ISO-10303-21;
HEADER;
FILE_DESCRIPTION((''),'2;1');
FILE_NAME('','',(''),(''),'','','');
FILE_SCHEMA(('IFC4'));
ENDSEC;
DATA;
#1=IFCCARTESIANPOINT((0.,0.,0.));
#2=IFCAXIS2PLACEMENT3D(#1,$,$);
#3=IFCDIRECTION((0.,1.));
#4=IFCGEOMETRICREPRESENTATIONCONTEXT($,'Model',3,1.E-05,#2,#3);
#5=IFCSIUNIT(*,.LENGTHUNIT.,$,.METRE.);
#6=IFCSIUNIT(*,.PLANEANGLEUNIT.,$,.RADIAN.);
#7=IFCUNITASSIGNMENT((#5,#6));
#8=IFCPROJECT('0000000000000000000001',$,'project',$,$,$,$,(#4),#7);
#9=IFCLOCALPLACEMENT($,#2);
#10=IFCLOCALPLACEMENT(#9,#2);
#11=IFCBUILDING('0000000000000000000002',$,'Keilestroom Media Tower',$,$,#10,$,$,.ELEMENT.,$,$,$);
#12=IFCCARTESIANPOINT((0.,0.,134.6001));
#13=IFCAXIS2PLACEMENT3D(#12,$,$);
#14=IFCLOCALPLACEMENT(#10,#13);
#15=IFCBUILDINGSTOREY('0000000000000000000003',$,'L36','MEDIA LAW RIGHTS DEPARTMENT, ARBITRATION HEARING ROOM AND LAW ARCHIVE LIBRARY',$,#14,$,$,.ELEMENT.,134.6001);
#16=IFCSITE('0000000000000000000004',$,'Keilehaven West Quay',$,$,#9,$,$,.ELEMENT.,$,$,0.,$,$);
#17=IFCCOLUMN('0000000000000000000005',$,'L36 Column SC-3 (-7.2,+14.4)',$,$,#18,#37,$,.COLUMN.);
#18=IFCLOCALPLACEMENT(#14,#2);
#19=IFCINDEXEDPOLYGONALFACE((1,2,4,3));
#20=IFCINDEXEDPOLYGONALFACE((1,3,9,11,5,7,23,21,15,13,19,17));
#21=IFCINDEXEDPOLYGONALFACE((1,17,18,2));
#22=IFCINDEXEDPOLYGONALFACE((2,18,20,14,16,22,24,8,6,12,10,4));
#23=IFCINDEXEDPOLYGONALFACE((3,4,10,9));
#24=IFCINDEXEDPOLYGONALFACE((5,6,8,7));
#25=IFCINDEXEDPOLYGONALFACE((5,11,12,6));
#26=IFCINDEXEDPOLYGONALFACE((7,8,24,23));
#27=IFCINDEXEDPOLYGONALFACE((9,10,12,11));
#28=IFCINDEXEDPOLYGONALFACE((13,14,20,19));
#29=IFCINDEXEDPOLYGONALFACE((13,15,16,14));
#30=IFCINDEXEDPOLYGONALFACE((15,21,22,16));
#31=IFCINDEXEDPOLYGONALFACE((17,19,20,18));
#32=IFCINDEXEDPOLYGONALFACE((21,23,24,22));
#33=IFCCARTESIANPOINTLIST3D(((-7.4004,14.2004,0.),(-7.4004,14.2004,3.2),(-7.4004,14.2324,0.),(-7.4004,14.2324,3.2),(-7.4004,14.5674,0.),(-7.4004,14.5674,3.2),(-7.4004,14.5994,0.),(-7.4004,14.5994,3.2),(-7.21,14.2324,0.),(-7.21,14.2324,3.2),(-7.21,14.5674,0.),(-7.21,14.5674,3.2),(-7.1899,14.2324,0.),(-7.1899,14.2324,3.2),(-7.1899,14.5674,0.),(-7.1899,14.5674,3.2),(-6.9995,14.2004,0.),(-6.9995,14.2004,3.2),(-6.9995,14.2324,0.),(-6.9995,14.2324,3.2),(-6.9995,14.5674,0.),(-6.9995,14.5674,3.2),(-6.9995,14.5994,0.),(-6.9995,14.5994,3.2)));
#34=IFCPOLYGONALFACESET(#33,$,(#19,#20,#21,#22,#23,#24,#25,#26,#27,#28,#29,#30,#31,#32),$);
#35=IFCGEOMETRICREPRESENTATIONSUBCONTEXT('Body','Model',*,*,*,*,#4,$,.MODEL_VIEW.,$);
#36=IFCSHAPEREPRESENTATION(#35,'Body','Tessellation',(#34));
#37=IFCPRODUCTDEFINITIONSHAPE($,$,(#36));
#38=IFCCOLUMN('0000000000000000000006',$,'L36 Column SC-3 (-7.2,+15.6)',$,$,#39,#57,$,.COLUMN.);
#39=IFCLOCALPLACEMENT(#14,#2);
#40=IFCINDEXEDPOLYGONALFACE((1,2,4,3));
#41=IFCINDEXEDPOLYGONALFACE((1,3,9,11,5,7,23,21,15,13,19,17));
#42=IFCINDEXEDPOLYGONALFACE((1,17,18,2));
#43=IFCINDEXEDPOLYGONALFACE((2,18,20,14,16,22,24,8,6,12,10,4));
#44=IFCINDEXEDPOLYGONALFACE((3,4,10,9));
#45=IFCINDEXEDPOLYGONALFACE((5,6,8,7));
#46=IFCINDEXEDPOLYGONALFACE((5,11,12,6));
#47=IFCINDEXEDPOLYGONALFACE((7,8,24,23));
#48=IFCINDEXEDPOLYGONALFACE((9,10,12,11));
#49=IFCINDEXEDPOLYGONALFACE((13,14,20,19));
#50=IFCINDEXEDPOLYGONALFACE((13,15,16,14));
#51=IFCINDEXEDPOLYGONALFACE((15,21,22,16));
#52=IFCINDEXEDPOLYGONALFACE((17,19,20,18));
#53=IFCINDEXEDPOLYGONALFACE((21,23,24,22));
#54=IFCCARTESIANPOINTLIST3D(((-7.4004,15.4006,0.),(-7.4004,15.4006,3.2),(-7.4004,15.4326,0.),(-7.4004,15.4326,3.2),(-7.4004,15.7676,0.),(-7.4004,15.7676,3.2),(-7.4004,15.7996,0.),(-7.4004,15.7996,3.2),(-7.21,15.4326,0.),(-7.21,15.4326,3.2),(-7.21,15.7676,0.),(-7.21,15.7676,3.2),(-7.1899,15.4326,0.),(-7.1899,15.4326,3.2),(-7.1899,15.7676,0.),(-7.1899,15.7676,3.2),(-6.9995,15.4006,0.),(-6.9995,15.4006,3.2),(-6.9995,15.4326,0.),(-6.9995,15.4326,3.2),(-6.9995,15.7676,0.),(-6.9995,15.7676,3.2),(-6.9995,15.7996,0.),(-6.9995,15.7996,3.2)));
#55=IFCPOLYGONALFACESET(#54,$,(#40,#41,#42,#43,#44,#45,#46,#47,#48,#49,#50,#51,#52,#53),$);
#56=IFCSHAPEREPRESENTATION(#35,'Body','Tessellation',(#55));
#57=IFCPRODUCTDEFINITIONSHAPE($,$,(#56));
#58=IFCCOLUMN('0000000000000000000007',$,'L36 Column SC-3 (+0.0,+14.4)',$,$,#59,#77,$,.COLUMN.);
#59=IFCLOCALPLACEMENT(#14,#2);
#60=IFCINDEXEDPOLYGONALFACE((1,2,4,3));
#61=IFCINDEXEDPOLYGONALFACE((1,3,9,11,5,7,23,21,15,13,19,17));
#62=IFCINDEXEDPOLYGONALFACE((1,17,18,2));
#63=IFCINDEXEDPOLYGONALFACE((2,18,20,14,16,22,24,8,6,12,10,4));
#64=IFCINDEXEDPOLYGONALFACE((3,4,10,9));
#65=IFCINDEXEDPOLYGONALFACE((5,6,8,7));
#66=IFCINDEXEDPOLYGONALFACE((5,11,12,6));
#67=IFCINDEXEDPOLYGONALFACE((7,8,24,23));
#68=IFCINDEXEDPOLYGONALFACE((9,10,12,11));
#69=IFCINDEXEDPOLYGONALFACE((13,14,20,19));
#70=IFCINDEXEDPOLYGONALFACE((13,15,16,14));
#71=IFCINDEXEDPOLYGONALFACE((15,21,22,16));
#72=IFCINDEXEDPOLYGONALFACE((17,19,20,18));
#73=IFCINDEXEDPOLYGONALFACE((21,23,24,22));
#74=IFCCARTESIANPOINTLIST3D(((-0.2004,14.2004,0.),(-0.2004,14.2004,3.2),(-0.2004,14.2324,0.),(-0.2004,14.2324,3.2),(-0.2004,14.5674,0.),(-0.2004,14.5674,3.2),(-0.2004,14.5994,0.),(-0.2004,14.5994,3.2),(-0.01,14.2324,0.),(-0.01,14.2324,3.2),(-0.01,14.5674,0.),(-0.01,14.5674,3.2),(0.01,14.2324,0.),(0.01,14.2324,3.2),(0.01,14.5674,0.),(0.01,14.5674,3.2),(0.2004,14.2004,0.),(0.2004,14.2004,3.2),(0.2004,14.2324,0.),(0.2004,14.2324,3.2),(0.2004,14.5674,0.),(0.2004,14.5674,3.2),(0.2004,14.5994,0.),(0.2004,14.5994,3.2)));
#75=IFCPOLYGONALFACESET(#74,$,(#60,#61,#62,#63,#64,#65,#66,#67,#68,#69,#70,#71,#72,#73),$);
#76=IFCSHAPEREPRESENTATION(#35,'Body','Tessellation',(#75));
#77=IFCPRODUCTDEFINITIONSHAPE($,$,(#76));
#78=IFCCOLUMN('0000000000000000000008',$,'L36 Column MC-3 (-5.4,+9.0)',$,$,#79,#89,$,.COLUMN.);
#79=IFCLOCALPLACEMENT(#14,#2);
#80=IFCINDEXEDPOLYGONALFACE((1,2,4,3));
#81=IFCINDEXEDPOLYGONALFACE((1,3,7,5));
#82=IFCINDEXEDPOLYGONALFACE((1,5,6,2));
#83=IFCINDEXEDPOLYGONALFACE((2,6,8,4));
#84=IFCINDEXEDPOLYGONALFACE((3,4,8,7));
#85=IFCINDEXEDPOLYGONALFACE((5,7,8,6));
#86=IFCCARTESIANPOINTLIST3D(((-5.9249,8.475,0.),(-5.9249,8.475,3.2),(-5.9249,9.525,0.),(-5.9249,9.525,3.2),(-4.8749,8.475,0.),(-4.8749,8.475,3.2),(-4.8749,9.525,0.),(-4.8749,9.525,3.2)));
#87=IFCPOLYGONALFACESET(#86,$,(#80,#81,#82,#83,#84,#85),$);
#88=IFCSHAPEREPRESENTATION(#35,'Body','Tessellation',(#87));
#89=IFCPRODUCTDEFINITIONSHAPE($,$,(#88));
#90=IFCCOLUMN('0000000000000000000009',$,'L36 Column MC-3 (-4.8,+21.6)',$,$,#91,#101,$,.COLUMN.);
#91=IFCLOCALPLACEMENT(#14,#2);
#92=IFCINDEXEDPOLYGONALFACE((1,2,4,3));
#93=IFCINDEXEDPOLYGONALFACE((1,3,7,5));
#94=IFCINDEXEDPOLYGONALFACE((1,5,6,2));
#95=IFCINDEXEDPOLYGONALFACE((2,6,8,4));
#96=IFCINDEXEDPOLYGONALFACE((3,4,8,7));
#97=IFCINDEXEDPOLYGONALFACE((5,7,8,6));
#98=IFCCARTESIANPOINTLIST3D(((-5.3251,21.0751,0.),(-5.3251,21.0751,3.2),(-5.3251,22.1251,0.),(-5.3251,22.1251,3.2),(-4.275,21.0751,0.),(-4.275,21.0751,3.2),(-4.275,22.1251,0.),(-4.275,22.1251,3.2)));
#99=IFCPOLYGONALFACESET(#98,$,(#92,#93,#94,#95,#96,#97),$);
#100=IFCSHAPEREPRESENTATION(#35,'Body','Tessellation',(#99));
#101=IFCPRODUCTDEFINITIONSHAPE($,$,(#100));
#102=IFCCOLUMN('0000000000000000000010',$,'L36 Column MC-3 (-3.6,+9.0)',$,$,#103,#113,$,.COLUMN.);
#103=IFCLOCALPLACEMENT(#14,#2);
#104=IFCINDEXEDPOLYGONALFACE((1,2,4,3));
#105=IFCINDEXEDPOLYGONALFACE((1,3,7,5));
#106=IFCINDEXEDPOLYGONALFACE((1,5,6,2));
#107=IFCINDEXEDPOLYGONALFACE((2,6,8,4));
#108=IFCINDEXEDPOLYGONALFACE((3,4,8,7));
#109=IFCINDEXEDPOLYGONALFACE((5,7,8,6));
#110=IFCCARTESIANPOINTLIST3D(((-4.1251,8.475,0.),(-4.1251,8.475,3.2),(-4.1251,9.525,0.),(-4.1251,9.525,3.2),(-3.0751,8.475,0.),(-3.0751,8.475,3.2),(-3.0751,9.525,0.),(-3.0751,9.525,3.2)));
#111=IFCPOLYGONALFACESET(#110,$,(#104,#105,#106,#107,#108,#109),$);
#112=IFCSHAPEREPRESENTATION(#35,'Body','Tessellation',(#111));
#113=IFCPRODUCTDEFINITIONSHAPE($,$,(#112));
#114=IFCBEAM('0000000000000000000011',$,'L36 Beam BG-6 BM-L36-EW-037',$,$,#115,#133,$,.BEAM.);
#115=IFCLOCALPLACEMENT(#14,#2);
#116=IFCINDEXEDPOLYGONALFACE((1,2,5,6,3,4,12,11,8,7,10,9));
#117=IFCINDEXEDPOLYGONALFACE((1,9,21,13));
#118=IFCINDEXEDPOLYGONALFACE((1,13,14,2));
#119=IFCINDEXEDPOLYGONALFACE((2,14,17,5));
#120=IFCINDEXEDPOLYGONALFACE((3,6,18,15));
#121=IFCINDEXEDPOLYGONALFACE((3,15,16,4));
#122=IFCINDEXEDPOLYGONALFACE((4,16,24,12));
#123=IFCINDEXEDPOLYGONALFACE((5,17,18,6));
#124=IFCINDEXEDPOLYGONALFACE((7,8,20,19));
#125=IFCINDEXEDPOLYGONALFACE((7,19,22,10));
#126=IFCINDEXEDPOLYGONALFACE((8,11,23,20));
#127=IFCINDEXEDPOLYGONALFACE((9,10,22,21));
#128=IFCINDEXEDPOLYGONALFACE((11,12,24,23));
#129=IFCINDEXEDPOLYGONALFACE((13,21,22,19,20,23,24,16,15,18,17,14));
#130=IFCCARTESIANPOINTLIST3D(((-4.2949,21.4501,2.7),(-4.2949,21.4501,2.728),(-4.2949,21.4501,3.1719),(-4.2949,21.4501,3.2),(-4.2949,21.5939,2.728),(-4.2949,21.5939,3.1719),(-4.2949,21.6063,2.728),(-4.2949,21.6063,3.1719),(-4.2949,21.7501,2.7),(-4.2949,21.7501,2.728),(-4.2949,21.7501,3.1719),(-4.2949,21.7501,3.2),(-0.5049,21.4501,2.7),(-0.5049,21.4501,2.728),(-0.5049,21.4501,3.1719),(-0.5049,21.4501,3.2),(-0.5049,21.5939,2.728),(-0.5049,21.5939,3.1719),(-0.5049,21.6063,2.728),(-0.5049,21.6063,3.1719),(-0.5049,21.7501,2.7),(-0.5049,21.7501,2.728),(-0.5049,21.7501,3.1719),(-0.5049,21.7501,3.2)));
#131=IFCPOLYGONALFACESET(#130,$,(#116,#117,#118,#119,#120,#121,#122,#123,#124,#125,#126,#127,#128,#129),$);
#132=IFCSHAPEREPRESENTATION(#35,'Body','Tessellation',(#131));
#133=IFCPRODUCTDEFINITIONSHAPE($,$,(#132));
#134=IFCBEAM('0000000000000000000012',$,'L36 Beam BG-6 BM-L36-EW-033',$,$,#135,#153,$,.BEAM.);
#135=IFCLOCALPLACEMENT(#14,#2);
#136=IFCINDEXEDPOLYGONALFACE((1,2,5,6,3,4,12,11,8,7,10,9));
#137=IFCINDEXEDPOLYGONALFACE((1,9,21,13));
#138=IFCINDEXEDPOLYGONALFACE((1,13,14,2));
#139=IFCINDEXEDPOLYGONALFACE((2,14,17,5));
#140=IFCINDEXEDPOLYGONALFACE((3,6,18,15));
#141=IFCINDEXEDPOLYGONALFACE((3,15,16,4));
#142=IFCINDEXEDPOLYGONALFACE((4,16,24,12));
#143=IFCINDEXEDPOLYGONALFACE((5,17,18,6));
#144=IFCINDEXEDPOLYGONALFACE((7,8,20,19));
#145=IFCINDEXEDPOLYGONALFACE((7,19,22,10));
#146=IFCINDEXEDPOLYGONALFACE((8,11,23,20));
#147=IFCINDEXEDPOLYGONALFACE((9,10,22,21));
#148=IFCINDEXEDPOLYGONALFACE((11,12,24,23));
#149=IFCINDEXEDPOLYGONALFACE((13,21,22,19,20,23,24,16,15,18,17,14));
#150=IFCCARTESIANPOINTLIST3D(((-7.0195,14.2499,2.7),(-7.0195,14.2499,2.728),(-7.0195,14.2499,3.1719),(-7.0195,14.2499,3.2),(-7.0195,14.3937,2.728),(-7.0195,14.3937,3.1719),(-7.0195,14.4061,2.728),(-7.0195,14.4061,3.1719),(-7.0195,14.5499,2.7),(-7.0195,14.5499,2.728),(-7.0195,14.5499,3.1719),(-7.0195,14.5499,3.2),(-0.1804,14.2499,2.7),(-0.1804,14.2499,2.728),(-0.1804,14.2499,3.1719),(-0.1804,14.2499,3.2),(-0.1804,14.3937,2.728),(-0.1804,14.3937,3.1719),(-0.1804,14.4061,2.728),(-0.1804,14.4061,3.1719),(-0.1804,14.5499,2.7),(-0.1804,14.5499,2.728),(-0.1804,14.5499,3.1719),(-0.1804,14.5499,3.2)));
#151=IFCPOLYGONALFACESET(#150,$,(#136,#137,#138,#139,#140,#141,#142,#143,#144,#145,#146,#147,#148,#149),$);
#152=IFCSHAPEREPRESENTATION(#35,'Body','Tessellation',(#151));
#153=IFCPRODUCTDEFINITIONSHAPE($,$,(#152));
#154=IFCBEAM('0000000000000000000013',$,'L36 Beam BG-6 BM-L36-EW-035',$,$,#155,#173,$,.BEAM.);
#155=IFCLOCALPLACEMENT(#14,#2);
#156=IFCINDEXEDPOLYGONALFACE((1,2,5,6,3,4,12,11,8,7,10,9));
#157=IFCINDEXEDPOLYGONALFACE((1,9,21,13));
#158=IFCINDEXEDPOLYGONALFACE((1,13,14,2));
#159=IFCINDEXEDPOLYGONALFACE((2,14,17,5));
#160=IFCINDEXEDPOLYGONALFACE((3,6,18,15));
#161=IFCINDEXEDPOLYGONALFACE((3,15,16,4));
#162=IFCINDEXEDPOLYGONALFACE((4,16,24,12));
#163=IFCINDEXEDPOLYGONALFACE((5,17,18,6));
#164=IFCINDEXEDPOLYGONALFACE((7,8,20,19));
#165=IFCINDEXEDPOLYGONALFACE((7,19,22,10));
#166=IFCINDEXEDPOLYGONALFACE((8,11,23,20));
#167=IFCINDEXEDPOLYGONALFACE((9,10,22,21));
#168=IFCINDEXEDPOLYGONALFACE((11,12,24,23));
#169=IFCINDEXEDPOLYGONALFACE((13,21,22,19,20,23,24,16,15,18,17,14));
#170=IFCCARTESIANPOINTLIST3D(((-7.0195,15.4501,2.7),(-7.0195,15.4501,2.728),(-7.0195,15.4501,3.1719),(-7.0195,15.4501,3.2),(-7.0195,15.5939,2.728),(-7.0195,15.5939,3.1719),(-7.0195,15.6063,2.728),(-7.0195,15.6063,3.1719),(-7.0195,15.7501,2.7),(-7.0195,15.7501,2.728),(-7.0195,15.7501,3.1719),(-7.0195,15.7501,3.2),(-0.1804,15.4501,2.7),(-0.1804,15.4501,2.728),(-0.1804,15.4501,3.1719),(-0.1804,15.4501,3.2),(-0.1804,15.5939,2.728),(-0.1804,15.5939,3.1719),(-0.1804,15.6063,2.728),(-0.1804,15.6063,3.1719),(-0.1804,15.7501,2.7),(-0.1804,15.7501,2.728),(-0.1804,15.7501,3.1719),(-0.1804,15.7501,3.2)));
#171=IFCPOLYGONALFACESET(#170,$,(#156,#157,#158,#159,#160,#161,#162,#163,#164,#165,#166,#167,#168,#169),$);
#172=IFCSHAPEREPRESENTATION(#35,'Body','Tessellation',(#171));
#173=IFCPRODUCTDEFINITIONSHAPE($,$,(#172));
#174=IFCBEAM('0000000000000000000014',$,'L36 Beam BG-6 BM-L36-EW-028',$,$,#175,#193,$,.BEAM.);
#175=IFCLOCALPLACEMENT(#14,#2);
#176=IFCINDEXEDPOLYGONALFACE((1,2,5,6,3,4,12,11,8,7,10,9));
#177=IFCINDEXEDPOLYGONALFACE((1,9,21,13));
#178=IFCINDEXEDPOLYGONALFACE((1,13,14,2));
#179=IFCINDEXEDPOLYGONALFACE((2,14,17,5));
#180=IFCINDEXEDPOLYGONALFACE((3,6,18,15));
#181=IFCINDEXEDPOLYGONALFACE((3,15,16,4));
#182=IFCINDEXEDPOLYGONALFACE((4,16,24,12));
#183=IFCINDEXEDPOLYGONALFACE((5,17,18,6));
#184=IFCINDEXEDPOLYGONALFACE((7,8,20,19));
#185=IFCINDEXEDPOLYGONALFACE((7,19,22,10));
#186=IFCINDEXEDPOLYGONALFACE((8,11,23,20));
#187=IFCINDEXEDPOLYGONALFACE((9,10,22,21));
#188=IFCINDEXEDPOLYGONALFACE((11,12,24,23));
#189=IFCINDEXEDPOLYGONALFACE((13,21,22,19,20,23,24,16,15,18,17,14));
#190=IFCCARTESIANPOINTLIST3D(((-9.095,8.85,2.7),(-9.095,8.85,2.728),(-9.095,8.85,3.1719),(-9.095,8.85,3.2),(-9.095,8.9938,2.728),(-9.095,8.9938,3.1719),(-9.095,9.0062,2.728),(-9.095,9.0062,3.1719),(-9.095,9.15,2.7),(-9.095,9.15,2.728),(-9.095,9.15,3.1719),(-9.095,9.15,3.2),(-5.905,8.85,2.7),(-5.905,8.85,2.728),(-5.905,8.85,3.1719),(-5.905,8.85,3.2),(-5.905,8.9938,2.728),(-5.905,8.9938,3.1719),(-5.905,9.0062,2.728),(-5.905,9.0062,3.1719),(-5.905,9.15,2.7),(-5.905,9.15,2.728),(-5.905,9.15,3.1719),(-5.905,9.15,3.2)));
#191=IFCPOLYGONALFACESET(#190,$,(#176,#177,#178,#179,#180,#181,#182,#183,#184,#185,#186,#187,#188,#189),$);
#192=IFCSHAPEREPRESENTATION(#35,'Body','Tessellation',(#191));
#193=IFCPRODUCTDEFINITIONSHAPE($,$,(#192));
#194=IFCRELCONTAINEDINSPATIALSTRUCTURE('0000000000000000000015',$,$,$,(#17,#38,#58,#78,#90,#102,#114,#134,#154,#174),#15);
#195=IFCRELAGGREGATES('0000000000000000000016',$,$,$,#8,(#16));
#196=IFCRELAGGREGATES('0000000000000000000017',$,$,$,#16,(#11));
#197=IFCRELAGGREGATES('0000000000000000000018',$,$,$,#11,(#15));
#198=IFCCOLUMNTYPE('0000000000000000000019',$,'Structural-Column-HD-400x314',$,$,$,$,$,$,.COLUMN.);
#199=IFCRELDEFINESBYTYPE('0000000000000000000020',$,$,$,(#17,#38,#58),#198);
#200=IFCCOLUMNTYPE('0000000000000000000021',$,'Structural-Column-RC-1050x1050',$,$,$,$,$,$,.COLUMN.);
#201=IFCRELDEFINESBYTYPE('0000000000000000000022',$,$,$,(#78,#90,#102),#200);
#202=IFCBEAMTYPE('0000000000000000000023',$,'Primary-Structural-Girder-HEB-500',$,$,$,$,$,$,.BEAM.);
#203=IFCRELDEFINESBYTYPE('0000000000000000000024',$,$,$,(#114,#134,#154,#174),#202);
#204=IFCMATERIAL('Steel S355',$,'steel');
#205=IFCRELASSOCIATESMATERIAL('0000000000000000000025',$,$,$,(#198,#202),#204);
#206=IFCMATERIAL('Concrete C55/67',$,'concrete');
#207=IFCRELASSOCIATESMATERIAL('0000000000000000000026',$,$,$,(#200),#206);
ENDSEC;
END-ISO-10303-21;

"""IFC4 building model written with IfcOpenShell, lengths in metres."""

from ifc_helpers import new_model, si_unit, direction, frame, origin, origin_2d, place, context, subcontext, project, spatial, rectangle, i_section, extrude, source, transform, mapped, material, material_profile, profile_set, type_object, element, save


model = new_model("IFC4")

# Units and contexts
model_context = context("Model", 3, precision=1e-05, world=origin(), true_north=direction((0.0, 1.0)))
body_context = subcontext(model_context, "Body", "Model", "MODEL_VIEW")
ifc_project = project(units=[si_unit("LENGTHUNIT", "METRE"), si_unit("PLANEANGLEUNIT", "RADIAN")], contexts=[model_context])

# Site, building, storey
site_placement = place(None, origin())
site = spatial("IfcSite", under=ifc_project, at=site_placement, Name="Keilehaven West Quay", CompositionType="ELEMENT", RefElevation=0.0)
building_placement = place(site_placement, origin())
building = spatial("IfcBuilding", under=site, at=building_placement, Name="Keilestroom Media Tower", CompositionType="ELEMENT")
storey_placement = place(building_placement, frame((0.0, 0.0, 134.6001)))
storey = spatial("IfcBuildingStorey", under=building, at=storey_placement, Name="L36", Description="MEDIA LAW RIGHTS DEPARTMENT, ARBITRATION HEARING ROOM AND LAW ARCHIVE LIBRARY", CompositionType="ELEMENT", Elevation=134.6001)

# Columns
ifc_material_1 = material(Name="Steel S355", Category="steel")
ifc_material_profile_1 = material_profile(ifc_material_1, i_section(OverallWidth=0.4009, OverallDepth=0.3989, WebThickness=0.02, FlangeThickness=0.032, at=origin_2d()), Name="HD 400x314")
ifc_profile_set_1 = profile_set([ifc_material_profile_1], Name="Steel S355")
column_type_1 = type_object("IfcColumnType", Name="Structural-Column-HD-400x314", PredefinedType="COLUMN", material=ifc_profile_set_1)
shared_shape_1 = source(origin(), body_context, "Body", "SweptSolid", [
    extrude(i_section(OverallWidth=0.4009, OverallDepth=0.3989, WebThickness=0.02, FlangeThickness=0.032, at=origin_2d()), origin(), (0.0, 0.0, 1.0), 3.2),
])
for number, where, z_axis, x_axis, name in (
    (1, (-7.2, 14.3999, 0.0), (0.0, 0.0, 1.0), (1.0, 0.0, 0.0), "L36 Column SC-3 (-7.2,+14.4)"),
    (2, (-7.2, 15.6001, 0.0), (0.0, 0.0, 1.0), (1.0, 0.0, 0.0), "L36 Column SC-3 (-7.2,+15.6)"),
    (3, (0.0, 14.3999, 0.0), (0.0, 0.0, 1.0), (1.0, 0.0, 0.0), "L36 Column SC-3 (+0.0,+14.4)"),
):
    element("IfcColumn", number, at=place(storey_placement, frame(where, z_axis=z_axis, x_axis=x_axis)), inside=storey, type_object=column_type_1, Name=name, PredefinedType="COLUMN", context=body_context, shape_type="MappedRepresentation", body=[
        mapped(shared_shape_1, transform((0.0, 0.0, 0.0), x_axis=(1.0, 0.0, 0.0), y_axis=(0.0, 1.0, 0.0), z_axis=(0.0, 0.0, 1.0), scale=1.0)),
    ])
ifc_material_2 = material(Name="Concrete C55/67", Category="concrete")
ifc_material_profile_2 = material_profile(ifc_material_2, rectangle(XDim=1.05, YDim=1.05, at=origin_2d()), Name="RC 1050x1050")
ifc_profile_set_2 = profile_set([ifc_material_profile_2], Name="Concrete C55/67")
column_type_2 = type_object("IfcColumnType", Name="Structural-Column-RC-1050x1050", PredefinedType="COLUMN", material=ifc_profile_set_2)
shared_shape_2 = source(origin(), body_context, "Body", "SweptSolid", [
    extrude(rectangle(XDim=1.05, YDim=1.05, at=origin_2d()), origin(), (0.0, 0.0, 1.0), 3.2),
])
for number, where, z_axis, x_axis, name in (
    (4, (-5.3999, 9.0, 0.0), (0.0, 0.0, 1.0), (1.0, 0.0, 0.0), "L36 Column MC-3 (-5.4,+9.0)"),
    (5, (-4.8, 21.6001, 0.0), (0.0, 0.0, 1.0), (1.0, 0.0, 0.0), "L36 Column MC-3 (-4.8,+21.6)"),
    (6, (-3.6001, 9.0, 0.0), (0.0, 0.0, 1.0), (1.0, 0.0, 0.0), "L36 Column MC-3 (-3.6,+9.0)"),
):
    element("IfcColumn", number, at=place(storey_placement, frame(where, z_axis=z_axis, x_axis=x_axis)), inside=storey, type_object=column_type_2, Name=name, PredefinedType="COLUMN", context=body_context, shape_type="MappedRepresentation", body=[
        mapped(shared_shape_2, transform((0.0, 0.0, 0.0), x_axis=(1.0, 0.0, 0.0), y_axis=(0.0, 1.0, 0.0), z_axis=(0.0, 0.0, 1.0), scale=1.0)),
    ])

# Beams
ifc_material_profile_3 = material_profile(ifc_material_1, i_section(OverallWidth=0.3, OverallDepth=0.5, WebThickness=0.0125, FlangeThickness=0.0281, at=origin_2d()), Name="HEB 500")
ifc_profile_set_3 = profile_set([ifc_material_profile_3], Name="Steel S355")
beam_type = type_object("IfcBeamType", Name="Primary-Structural-Girder-HEB-500", PredefinedType="BEAM", material=ifc_profile_set_3)
shared_shape_3 = source(origin(), body_context, "Body", "SweptSolid", [
    extrude(i_section(OverallWidth=0.3, OverallDepth=0.5, WebThickness=0.0125, FlangeThickness=0.0281, at=origin_2d()), origin(), (0.0, 0.0, 1.0), 3.79),
])
beam_1_placement = place(storey_placement, frame((-4.2949, 21.6001, 2.95), z_axis=(1.0, 0.0, 0.0), x_axis=(0.0, 1.0, 0.0)))
element("IfcBeam", 7, at=beam_1_placement, inside=storey, type_object=beam_type, Name="L36 Beam BG-6 BM-L36-EW-037", PredefinedType="BEAM", context=body_context, shape_type="MappedRepresentation", body=[
    mapped(shared_shape_3, transform((0.0, 0.0, 0.0), x_axis=(1.0, 0.0, 0.0), y_axis=(0.0, 1.0, 0.0), z_axis=(0.0, 0.0, 1.0), scale=1.0)),
])
shared_shape_4 = source(origin(), body_context, "Body", "SweptSolid", [
    extrude(i_section(OverallWidth=0.3, OverallDepth=0.5, WebThickness=0.0125, FlangeThickness=0.0281, at=origin_2d()), origin(), (0.0, 0.0, 1.0), 6.8391),
])
for number, where, z_axis, x_axis, name in (
    (8, (-7.0195, 14.3999, 2.95), (1.0, 0.0, 0.0), (0.0, 1.0, 0.0), "L36 Beam BG-6 BM-L36-EW-033"),
    (9, (-7.0195, 15.6001, 2.95), (1.0, 0.0, 0.0), (0.0, 1.0, 0.0), "L36 Beam BG-6 BM-L36-EW-035"),
):
    element("IfcBeam", number, at=place(storey_placement, frame(where, z_axis=z_axis, x_axis=x_axis)), inside=storey, type_object=beam_type, Name=name, PredefinedType="BEAM", context=body_context, shape_type="MappedRepresentation", body=[
        mapped(shared_shape_4, transform((0.0, 0.0, 0.0), x_axis=(1.0, 0.0, 0.0), y_axis=(0.0, 1.0, 0.0), z_axis=(0.0, 0.0, 1.0), scale=1.0)),
    ])
shared_shape_5 = source(origin(), body_context, "Body", "SweptSolid", [
    extrude(i_section(OverallWidth=0.3, OverallDepth=0.5, WebThickness=0.0125, FlangeThickness=0.0281, at=origin_2d()), origin(), (0.0, 0.0, 1.0), 3.1899),
])
beam_2_placement = place(storey_placement, frame((-9.095, 9.0, 2.95), z_axis=(1.0, 0.0, 0.0), x_axis=(0.0, 1.0, 0.0)))
element("IfcBeam", 10, at=beam_2_placement, inside=storey, type_object=beam_type, Name="L36 Beam BG-6 BM-L36-EW-028", PredefinedType="BEAM", context=body_context, shape_type="MappedRepresentation", body=[
    mapped(shared_shape_5, transform((0.0, 0.0, 0.0), x_axis=(1.0, 0.0, 0.0), y_axis=(0.0, 1.0, 0.0), z_axis=(0.0, 0.0, 1.0), scale=1.0)),
])

save(model, "model.ifc")
